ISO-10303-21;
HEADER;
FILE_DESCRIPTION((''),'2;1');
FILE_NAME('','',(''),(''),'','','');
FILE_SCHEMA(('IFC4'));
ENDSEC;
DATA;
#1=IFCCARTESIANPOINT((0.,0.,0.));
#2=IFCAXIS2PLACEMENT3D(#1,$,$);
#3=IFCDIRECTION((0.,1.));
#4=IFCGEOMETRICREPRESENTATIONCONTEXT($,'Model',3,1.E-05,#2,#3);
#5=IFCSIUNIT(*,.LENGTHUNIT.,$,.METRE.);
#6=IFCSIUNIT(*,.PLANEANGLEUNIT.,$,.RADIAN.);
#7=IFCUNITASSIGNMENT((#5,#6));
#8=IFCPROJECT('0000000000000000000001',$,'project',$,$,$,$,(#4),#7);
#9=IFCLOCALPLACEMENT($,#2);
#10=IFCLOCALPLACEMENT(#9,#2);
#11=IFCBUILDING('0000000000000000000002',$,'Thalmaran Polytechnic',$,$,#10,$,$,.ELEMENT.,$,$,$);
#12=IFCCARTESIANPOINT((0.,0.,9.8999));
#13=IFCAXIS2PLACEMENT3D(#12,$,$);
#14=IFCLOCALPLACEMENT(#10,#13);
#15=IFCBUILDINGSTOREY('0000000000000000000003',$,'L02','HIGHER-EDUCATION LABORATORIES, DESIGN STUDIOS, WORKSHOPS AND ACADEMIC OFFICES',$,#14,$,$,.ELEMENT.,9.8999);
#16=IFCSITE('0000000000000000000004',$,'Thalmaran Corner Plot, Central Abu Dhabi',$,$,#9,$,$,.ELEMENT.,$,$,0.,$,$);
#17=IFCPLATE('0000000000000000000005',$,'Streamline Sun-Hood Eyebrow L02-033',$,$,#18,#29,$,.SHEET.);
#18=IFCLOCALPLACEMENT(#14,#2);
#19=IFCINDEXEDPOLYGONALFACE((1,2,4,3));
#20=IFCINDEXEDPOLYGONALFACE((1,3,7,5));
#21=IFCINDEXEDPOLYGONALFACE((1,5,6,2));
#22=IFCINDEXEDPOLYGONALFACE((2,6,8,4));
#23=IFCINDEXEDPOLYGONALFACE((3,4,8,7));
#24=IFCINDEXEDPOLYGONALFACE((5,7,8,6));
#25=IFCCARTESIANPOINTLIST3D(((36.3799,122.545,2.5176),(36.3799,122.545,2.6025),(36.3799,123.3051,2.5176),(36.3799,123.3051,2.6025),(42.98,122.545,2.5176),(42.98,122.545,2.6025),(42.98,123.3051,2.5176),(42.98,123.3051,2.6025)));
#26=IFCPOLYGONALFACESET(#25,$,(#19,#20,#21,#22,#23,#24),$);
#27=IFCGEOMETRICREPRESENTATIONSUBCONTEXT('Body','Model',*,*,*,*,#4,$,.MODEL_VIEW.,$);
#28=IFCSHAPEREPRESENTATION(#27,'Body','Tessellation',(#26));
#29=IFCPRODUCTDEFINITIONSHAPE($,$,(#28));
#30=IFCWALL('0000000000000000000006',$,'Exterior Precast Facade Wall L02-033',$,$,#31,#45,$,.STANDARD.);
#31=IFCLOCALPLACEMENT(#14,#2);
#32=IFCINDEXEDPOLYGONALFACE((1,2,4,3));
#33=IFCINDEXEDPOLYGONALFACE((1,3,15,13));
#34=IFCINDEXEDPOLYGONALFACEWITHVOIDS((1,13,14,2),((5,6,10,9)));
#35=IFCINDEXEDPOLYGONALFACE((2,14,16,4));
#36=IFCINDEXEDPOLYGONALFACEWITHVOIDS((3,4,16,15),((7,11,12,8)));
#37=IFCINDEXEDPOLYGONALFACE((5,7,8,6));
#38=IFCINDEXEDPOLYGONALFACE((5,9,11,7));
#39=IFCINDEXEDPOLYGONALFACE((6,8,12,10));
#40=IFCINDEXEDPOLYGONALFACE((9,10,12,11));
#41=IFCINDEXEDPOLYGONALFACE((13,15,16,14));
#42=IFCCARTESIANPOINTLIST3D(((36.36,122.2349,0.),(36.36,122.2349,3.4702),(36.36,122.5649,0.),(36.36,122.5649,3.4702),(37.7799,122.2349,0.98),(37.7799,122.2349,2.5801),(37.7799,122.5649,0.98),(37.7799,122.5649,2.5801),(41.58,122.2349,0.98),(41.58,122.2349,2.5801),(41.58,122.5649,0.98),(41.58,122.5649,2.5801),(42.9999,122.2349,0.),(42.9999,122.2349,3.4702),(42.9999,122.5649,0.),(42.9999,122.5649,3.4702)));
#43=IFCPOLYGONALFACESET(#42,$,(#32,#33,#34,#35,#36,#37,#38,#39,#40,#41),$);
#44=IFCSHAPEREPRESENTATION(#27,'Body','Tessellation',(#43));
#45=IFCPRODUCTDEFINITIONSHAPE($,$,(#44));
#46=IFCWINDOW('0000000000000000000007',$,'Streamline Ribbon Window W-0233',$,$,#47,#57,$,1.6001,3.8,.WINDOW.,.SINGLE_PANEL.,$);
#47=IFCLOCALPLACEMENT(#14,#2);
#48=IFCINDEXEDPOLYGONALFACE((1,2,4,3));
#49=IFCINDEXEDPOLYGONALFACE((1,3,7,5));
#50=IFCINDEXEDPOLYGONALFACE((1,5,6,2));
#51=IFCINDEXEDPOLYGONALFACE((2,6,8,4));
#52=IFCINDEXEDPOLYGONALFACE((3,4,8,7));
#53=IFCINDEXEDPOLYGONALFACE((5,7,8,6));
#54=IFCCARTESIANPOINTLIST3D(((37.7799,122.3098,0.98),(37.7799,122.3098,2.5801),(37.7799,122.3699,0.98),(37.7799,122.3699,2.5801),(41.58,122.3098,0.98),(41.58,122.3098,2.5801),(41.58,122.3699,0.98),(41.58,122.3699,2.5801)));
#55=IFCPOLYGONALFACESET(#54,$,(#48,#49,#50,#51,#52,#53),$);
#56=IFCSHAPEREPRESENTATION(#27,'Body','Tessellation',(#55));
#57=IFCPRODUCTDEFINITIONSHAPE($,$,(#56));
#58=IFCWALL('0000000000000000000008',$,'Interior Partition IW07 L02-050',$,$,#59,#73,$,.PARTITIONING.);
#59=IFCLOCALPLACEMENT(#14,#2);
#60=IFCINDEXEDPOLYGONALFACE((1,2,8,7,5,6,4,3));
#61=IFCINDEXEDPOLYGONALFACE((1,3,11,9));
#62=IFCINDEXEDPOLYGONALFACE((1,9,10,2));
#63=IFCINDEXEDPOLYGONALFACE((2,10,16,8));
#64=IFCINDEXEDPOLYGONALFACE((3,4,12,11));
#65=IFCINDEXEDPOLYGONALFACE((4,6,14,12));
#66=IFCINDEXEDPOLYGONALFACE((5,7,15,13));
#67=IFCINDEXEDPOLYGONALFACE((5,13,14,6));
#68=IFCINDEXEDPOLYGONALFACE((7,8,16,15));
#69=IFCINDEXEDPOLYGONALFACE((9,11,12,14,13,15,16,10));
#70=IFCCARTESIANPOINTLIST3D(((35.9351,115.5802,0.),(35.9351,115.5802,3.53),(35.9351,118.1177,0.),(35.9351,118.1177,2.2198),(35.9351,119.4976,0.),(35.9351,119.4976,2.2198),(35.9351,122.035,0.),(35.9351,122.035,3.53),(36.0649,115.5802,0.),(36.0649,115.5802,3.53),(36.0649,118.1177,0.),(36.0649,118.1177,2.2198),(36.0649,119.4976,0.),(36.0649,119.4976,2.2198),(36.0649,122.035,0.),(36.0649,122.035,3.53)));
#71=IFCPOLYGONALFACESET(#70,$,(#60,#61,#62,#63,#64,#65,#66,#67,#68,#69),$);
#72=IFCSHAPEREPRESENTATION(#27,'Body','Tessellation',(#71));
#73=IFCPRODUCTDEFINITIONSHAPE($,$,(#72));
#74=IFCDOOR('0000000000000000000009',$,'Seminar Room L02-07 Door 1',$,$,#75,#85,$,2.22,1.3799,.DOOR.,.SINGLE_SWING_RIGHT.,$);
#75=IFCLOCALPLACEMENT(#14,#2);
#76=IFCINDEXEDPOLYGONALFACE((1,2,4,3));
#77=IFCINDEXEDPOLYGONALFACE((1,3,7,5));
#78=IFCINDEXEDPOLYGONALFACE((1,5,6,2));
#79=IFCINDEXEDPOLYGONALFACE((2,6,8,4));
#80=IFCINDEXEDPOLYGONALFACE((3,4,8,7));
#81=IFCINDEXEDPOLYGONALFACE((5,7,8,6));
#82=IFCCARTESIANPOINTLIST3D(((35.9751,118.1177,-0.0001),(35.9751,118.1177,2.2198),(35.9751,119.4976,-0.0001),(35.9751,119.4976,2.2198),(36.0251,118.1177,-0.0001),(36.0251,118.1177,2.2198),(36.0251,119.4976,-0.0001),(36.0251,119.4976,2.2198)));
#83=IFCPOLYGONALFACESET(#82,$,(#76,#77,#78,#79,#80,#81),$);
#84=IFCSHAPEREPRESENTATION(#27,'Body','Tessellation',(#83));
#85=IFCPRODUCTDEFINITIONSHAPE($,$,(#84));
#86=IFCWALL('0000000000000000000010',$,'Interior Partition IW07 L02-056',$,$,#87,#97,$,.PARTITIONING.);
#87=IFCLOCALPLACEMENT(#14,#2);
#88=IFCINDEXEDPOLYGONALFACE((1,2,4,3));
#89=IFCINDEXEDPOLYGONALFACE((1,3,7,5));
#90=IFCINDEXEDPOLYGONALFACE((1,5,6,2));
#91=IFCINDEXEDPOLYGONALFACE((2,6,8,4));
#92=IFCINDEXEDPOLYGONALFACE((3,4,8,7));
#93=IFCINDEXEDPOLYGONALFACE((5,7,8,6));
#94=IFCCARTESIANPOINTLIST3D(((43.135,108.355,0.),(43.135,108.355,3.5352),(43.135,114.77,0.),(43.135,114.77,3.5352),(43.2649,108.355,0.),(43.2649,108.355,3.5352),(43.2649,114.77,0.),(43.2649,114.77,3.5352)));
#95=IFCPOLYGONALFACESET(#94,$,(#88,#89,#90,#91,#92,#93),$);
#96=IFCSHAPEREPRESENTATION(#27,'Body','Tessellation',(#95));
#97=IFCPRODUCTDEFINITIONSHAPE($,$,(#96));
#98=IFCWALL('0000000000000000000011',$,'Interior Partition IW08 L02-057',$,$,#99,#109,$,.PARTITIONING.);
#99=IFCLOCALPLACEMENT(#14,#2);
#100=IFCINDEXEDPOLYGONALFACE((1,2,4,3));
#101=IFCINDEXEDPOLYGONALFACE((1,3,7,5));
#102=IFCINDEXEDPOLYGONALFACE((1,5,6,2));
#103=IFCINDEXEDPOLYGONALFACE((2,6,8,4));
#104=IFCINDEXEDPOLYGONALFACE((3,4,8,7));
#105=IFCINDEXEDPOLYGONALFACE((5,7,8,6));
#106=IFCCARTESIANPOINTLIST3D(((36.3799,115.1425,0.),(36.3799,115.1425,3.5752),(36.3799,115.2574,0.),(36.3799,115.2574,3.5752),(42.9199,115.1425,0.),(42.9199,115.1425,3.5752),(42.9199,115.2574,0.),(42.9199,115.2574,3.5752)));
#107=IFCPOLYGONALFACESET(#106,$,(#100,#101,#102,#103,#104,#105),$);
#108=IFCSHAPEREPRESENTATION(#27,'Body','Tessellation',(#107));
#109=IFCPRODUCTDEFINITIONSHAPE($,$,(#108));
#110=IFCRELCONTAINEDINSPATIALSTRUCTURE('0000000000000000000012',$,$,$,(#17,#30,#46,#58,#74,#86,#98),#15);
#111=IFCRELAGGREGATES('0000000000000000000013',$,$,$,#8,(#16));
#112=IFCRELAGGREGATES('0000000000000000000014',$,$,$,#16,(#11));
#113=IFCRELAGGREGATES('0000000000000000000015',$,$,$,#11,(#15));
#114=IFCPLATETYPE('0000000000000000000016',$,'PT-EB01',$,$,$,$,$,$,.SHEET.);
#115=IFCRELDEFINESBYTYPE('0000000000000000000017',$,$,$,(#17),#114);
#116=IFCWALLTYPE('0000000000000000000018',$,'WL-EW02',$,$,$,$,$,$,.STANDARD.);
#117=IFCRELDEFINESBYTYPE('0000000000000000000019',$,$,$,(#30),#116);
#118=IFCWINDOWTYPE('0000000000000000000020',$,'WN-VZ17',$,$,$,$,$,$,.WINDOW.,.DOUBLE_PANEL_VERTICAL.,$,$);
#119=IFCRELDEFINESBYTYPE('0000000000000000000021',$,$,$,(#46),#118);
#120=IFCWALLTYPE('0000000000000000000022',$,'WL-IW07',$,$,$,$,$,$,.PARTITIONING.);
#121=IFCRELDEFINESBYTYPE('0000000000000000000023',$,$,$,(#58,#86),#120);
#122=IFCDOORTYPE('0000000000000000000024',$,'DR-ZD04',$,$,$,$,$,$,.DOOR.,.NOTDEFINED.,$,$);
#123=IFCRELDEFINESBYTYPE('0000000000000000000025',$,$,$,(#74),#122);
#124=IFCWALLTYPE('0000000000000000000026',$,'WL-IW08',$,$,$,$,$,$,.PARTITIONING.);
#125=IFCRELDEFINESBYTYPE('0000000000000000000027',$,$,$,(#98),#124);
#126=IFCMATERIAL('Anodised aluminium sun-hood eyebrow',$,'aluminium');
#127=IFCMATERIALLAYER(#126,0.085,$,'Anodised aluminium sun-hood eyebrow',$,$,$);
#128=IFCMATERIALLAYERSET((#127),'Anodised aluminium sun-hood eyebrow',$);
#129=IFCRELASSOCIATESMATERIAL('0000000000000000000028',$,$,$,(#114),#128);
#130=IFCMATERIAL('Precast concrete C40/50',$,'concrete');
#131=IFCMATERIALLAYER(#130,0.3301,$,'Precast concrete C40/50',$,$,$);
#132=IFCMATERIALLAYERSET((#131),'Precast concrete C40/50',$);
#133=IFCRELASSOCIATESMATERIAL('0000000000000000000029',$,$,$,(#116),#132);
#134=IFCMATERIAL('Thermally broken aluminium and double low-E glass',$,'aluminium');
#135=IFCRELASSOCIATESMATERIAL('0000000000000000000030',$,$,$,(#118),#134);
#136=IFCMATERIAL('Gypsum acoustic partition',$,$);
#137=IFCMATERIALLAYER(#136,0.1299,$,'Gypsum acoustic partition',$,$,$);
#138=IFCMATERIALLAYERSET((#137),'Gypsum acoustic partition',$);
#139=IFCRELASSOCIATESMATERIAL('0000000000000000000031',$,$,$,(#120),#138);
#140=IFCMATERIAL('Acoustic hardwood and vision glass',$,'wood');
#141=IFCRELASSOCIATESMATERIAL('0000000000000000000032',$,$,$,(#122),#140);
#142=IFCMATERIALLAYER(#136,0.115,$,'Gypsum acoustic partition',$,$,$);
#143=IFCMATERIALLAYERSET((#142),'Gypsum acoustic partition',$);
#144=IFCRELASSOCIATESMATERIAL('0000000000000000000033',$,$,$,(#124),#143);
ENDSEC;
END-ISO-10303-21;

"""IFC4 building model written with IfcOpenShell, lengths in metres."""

from ifc_helpers import new_model, si_unit, direction, frame, frame_2d, origin, origin_2d, place, context, subcontext, project, spatial, rectangle, extrude, material, layer, layer_set, type_object, element, fill, save


model = new_model("IFC4")

# Units and contexts
model_context = context("Model", 3, precision=1e-05, world=origin(), true_north=direction((0.0, 1.0)))
body_context = subcontext(model_context, "Body", "Model", "MODEL_VIEW")
ifc_project = project(units=[si_unit("LENGTHUNIT", "METRE"), si_unit("PLANEANGLEUNIT", "RADIAN")], contexts=[model_context])

# Site, building, storey
site_placement = place(None, origin())
site = spatial("IfcSite", under=ifc_project, at=site_placement, Name="Thalmaran Corner Plot, Central Abu Dhabi", CompositionType="ELEMENT", RefElevation=0.0)
building_placement = place(site_placement, origin())
building = spatial("IfcBuilding", under=site, at=building_placement, Name="Thalmaran Polytechnic", CompositionType="ELEMENT")
storey_placement = place(building_placement, frame((0.0, 0.0, 9.8999)))
storey = spatial("IfcBuildingStorey", under=building, at=storey_placement, Name="L02", Description="HIGHER-EDUCATION LABORATORIES, DESIGN STUDIOS, WORKSHOPS AND ACADEMIC OFFICES", CompositionType="ELEMENT", Elevation=9.8999)

# Plate
ifc_material_1 = material(Name="Anodised aluminium sun-hood eyebrow", Category="aluminium")
ifc_layer_1 = layer(ifc_material_1, 0.085, Name="Anodised aluminium sun-hood eyebrow")
ifc_layer_set_1 = layer_set([ifc_layer_1], Name="Anodised aluminium sun-hood eyebrow")
plate_type_1 = type_object("IfcPlateType", Name="PT-EB01", PredefinedType="SHEET", material=ifc_layer_set_1)
plate_1_placement = place(storey_placement, frame((39.6799, 122.925, 2.5176), z_axis=(0.0, 0.0, 1.0), x_axis=(1.0, 0.0, 0.0)))
element("IfcPlate", 1, at=plate_1_placement, inside=storey, type_object=plate_type_1, Name="Streamline Sun-Hood Eyebrow L02-033", PredefinedType="SHEET", context=body_context, shape_type="SweptSolid", body=[
    extrude(rectangle(XDim=6.6001, YDim=0.76, at=origin_2d()), origin(), (0.0, 0.0, 1.0), 0.085),
])

# Wall, opening, window
ifc_material_2 = material(Name="Precast concrete C40/50", Category="concrete")
ifc_layer_2 = layer(ifc_material_2, 0.3301, Name="Precast concrete C40/50")
ifc_layer_set_2 = layer_set([ifc_layer_2], Name="Precast concrete C40/50")
wall_type_1 = type_object("IfcWallType", Name="WL-EW02", PredefinedType="STANDARD", material=ifc_layer_set_2)
wall_1_placement = place(storey_placement, frame((36.3601, 122.3999, 0.0), z_axis=(0.0, 0.0, 1.0), x_axis=(1.0, 0.0, 0.0)))
wall_1 = element("IfcWall", 2, at=wall_1_placement, inside=storey, type_object=wall_type_1, Name="Exterior Precast Facade Wall L02-033", PredefinedType="STANDARD", context=body_context, shape_type="SweptSolid", body=[
    extrude(rectangle(XDim=6.6399, YDim=0.3301, at=frame_2d((3.3198, 0.0))), origin(), (0.0, 0.0, 1.0), 3.4702),
])
opening_1_placement = place(wall_1_placement, frame((1.4199, 0.0, 0.98)))
opening_1 = element("IfcOpeningElement", 3, at=opening_1_placement, cuts=wall_1, PredefinedType="OPENING", context=body_context, shape_type="SweptSolid", body=[
    extrude(rectangle(XDim=3.8, YDim=1.6001, at=frame_2d((1.8999, 0.8))), frame((0.0, 0.175, 0.0), z_axis=(0.0, -1.0, 0.0), x_axis=(1.0, 0.0, 0.0)), (0.0, 0.0, 1.0), 0.3501),
])
ifc_material_3 = material(Name="Thermally broken aluminium and double low-E glass", Category="aluminium")
window_type = type_object("IfcWindowType", Name="WN-VZ17", PartitioningType="DOUBLE_PANEL_VERTICAL", PredefinedType="WINDOW", material=ifc_material_3)
window_placement = place(opening_1_placement, origin())
window = element("IfcWindow", 4, at=window_placement, inside=storey, type_object=window_type, Name="Streamline Ribbon Window W-0233", OverallHeight=1.6001, OverallWidth=3.8, PartitioningType="SINGLE_PANEL", PredefinedType="WINDOW", context=body_context, shape_type="SweptSolid", body=[
    extrude(rectangle(XDim=3.8, YDim=1.6001, at=frame_2d((1.8999, 0.8))), frame((0.0, -0.03, 0.0), z_axis=(0.0, -1.0, 0.0), x_axis=(1.0, 0.0, 0.0)), (0.0, 0.0, 1.0), 0.0601),
])
fill(opening_1, window)

# Wall, opening, door
ifc_material_4 = material(Name="Gypsum acoustic partition")
ifc_layer_3 = layer(ifc_material_4, 0.1299, Name="Gypsum acoustic partition")
ifc_layer_set_3 = layer_set([ifc_layer_3], Name="Gypsum acoustic partition")
wall_type_2 = type_object("IfcWallType", Name="WL-IW07", PredefinedType="PARTITIONING", material=ifc_layer_set_3)
wall_2_placement = place(storey_placement, frame((36.0, 115.5801, 0.0), z_axis=(0.0, 0.0, 1.0), x_axis=(0.0, 1.0, 0.0)))
wall_2 = element("IfcWall", 5, at=wall_2_placement, inside=storey, type_object=wall_type_2, Name="Interior Partition IW07 L02-050", PredefinedType="PARTITIONING", context=body_context, shape_type="SweptSolid", body=[
    extrude(rectangle(XDim=6.4548, YDim=0.1299, at=frame_2d((3.2275, 0.0))), origin(), (0.0, 0.0, 1.0), 3.53),
])
opening_2_placement = place(wall_2_placement, frame((2.5376, 0.0, 0.0)))
opening_2 = element("IfcOpeningElement", 6, at=opening_2_placement, cuts=wall_2, PredefinedType="OPENING", context=body_context, shape_type="SweptSolid", body=[
    extrude(rectangle(XDim=1.3799, YDim=2.22, at=frame_2d((0.6899, 1.1099))), frame((0.0, 0.075, 0.0), z_axis=(0.0, -1.0, 0.0), x_axis=(1.0, 0.0, 0.0)), (0.0, 0.0, 1.0), 0.1499),
])
ifc_material_5 = material(Name="Acoustic hardwood and vision glass", Category="wood")
door_type = type_object("IfcDoorType", Name="DR-ZD04", OperationType="NOTDEFINED", PredefinedType="DOOR", material=ifc_material_5)
door_placement = place(opening_2_placement, origin())
door = element("IfcDoor", 7, at=door_placement, inside=storey, type_object=door_type, Name="Seminar Room L02-07 Door 1", OperationType="SINGLE_SWING_RIGHT", OverallHeight=2.22, OverallWidth=1.3799, PredefinedType="DOOR", context=body_context, shape_type="SweptSolid", body=[
    extrude(rectangle(XDim=1.3799, YDim=2.22, at=frame_2d((0.6899, 1.1099))), frame((0.0, 0.0249, 0.0), z_axis=(0.0, -1.0, 0.0), x_axis=(1.0, 0.0, 0.0)), (0.0, 0.0, 1.0), 0.05),
])
fill(opening_2, door)

# Walls
wall_3_placement = place(storey_placement, frame((43.2, 108.355, 0.0), z_axis=(0.0, 0.0, 1.0), x_axis=(0.0, 1.0, 0.0)))
element("IfcWall", 8, at=wall_3_placement, inside=storey, type_object=wall_type_2, Name="Interior Partition IW07 L02-056", PredefinedType="PARTITIONING", context=body_context, shape_type="SweptSolid", body=[
    extrude(rectangle(XDim=6.415, YDim=0.1299, at=frame_2d((3.2075, 0.0))), origin(), (0.0, 0.0, 1.0), 3.5352),
])
ifc_layer_4 = layer(ifc_material_4, 0.115, Name="Gypsum acoustic partition")
ifc_layer_set_4 = layer_set([ifc_layer_4], Name="Gypsum acoustic partition")
wall_type_3 = type_object("IfcWallType", Name="WL-IW08", PredefinedType="PARTITIONING", material=ifc_layer_set_4)
wall_4_placement = place(storey_placement, frame((36.3799, 115.2, 0.0), z_axis=(0.0, 0.0, 1.0), x_axis=(1.0, 0.0, 0.0)))
element("IfcWall", 9, at=wall_4_placement, inside=storey, type_object=wall_type_3, Name="Interior Partition IW08 L02-057", PredefinedType="PARTITIONING", context=body_context, shape_type="SweptSolid", body=[
    extrude(rectangle(XDim=6.54, YDim=0.115, at=frame_2d((3.27, 0.0))), origin(), (0.0, 0.0, 1.0), 3.5752),
])

save(model, "model.ifc")
